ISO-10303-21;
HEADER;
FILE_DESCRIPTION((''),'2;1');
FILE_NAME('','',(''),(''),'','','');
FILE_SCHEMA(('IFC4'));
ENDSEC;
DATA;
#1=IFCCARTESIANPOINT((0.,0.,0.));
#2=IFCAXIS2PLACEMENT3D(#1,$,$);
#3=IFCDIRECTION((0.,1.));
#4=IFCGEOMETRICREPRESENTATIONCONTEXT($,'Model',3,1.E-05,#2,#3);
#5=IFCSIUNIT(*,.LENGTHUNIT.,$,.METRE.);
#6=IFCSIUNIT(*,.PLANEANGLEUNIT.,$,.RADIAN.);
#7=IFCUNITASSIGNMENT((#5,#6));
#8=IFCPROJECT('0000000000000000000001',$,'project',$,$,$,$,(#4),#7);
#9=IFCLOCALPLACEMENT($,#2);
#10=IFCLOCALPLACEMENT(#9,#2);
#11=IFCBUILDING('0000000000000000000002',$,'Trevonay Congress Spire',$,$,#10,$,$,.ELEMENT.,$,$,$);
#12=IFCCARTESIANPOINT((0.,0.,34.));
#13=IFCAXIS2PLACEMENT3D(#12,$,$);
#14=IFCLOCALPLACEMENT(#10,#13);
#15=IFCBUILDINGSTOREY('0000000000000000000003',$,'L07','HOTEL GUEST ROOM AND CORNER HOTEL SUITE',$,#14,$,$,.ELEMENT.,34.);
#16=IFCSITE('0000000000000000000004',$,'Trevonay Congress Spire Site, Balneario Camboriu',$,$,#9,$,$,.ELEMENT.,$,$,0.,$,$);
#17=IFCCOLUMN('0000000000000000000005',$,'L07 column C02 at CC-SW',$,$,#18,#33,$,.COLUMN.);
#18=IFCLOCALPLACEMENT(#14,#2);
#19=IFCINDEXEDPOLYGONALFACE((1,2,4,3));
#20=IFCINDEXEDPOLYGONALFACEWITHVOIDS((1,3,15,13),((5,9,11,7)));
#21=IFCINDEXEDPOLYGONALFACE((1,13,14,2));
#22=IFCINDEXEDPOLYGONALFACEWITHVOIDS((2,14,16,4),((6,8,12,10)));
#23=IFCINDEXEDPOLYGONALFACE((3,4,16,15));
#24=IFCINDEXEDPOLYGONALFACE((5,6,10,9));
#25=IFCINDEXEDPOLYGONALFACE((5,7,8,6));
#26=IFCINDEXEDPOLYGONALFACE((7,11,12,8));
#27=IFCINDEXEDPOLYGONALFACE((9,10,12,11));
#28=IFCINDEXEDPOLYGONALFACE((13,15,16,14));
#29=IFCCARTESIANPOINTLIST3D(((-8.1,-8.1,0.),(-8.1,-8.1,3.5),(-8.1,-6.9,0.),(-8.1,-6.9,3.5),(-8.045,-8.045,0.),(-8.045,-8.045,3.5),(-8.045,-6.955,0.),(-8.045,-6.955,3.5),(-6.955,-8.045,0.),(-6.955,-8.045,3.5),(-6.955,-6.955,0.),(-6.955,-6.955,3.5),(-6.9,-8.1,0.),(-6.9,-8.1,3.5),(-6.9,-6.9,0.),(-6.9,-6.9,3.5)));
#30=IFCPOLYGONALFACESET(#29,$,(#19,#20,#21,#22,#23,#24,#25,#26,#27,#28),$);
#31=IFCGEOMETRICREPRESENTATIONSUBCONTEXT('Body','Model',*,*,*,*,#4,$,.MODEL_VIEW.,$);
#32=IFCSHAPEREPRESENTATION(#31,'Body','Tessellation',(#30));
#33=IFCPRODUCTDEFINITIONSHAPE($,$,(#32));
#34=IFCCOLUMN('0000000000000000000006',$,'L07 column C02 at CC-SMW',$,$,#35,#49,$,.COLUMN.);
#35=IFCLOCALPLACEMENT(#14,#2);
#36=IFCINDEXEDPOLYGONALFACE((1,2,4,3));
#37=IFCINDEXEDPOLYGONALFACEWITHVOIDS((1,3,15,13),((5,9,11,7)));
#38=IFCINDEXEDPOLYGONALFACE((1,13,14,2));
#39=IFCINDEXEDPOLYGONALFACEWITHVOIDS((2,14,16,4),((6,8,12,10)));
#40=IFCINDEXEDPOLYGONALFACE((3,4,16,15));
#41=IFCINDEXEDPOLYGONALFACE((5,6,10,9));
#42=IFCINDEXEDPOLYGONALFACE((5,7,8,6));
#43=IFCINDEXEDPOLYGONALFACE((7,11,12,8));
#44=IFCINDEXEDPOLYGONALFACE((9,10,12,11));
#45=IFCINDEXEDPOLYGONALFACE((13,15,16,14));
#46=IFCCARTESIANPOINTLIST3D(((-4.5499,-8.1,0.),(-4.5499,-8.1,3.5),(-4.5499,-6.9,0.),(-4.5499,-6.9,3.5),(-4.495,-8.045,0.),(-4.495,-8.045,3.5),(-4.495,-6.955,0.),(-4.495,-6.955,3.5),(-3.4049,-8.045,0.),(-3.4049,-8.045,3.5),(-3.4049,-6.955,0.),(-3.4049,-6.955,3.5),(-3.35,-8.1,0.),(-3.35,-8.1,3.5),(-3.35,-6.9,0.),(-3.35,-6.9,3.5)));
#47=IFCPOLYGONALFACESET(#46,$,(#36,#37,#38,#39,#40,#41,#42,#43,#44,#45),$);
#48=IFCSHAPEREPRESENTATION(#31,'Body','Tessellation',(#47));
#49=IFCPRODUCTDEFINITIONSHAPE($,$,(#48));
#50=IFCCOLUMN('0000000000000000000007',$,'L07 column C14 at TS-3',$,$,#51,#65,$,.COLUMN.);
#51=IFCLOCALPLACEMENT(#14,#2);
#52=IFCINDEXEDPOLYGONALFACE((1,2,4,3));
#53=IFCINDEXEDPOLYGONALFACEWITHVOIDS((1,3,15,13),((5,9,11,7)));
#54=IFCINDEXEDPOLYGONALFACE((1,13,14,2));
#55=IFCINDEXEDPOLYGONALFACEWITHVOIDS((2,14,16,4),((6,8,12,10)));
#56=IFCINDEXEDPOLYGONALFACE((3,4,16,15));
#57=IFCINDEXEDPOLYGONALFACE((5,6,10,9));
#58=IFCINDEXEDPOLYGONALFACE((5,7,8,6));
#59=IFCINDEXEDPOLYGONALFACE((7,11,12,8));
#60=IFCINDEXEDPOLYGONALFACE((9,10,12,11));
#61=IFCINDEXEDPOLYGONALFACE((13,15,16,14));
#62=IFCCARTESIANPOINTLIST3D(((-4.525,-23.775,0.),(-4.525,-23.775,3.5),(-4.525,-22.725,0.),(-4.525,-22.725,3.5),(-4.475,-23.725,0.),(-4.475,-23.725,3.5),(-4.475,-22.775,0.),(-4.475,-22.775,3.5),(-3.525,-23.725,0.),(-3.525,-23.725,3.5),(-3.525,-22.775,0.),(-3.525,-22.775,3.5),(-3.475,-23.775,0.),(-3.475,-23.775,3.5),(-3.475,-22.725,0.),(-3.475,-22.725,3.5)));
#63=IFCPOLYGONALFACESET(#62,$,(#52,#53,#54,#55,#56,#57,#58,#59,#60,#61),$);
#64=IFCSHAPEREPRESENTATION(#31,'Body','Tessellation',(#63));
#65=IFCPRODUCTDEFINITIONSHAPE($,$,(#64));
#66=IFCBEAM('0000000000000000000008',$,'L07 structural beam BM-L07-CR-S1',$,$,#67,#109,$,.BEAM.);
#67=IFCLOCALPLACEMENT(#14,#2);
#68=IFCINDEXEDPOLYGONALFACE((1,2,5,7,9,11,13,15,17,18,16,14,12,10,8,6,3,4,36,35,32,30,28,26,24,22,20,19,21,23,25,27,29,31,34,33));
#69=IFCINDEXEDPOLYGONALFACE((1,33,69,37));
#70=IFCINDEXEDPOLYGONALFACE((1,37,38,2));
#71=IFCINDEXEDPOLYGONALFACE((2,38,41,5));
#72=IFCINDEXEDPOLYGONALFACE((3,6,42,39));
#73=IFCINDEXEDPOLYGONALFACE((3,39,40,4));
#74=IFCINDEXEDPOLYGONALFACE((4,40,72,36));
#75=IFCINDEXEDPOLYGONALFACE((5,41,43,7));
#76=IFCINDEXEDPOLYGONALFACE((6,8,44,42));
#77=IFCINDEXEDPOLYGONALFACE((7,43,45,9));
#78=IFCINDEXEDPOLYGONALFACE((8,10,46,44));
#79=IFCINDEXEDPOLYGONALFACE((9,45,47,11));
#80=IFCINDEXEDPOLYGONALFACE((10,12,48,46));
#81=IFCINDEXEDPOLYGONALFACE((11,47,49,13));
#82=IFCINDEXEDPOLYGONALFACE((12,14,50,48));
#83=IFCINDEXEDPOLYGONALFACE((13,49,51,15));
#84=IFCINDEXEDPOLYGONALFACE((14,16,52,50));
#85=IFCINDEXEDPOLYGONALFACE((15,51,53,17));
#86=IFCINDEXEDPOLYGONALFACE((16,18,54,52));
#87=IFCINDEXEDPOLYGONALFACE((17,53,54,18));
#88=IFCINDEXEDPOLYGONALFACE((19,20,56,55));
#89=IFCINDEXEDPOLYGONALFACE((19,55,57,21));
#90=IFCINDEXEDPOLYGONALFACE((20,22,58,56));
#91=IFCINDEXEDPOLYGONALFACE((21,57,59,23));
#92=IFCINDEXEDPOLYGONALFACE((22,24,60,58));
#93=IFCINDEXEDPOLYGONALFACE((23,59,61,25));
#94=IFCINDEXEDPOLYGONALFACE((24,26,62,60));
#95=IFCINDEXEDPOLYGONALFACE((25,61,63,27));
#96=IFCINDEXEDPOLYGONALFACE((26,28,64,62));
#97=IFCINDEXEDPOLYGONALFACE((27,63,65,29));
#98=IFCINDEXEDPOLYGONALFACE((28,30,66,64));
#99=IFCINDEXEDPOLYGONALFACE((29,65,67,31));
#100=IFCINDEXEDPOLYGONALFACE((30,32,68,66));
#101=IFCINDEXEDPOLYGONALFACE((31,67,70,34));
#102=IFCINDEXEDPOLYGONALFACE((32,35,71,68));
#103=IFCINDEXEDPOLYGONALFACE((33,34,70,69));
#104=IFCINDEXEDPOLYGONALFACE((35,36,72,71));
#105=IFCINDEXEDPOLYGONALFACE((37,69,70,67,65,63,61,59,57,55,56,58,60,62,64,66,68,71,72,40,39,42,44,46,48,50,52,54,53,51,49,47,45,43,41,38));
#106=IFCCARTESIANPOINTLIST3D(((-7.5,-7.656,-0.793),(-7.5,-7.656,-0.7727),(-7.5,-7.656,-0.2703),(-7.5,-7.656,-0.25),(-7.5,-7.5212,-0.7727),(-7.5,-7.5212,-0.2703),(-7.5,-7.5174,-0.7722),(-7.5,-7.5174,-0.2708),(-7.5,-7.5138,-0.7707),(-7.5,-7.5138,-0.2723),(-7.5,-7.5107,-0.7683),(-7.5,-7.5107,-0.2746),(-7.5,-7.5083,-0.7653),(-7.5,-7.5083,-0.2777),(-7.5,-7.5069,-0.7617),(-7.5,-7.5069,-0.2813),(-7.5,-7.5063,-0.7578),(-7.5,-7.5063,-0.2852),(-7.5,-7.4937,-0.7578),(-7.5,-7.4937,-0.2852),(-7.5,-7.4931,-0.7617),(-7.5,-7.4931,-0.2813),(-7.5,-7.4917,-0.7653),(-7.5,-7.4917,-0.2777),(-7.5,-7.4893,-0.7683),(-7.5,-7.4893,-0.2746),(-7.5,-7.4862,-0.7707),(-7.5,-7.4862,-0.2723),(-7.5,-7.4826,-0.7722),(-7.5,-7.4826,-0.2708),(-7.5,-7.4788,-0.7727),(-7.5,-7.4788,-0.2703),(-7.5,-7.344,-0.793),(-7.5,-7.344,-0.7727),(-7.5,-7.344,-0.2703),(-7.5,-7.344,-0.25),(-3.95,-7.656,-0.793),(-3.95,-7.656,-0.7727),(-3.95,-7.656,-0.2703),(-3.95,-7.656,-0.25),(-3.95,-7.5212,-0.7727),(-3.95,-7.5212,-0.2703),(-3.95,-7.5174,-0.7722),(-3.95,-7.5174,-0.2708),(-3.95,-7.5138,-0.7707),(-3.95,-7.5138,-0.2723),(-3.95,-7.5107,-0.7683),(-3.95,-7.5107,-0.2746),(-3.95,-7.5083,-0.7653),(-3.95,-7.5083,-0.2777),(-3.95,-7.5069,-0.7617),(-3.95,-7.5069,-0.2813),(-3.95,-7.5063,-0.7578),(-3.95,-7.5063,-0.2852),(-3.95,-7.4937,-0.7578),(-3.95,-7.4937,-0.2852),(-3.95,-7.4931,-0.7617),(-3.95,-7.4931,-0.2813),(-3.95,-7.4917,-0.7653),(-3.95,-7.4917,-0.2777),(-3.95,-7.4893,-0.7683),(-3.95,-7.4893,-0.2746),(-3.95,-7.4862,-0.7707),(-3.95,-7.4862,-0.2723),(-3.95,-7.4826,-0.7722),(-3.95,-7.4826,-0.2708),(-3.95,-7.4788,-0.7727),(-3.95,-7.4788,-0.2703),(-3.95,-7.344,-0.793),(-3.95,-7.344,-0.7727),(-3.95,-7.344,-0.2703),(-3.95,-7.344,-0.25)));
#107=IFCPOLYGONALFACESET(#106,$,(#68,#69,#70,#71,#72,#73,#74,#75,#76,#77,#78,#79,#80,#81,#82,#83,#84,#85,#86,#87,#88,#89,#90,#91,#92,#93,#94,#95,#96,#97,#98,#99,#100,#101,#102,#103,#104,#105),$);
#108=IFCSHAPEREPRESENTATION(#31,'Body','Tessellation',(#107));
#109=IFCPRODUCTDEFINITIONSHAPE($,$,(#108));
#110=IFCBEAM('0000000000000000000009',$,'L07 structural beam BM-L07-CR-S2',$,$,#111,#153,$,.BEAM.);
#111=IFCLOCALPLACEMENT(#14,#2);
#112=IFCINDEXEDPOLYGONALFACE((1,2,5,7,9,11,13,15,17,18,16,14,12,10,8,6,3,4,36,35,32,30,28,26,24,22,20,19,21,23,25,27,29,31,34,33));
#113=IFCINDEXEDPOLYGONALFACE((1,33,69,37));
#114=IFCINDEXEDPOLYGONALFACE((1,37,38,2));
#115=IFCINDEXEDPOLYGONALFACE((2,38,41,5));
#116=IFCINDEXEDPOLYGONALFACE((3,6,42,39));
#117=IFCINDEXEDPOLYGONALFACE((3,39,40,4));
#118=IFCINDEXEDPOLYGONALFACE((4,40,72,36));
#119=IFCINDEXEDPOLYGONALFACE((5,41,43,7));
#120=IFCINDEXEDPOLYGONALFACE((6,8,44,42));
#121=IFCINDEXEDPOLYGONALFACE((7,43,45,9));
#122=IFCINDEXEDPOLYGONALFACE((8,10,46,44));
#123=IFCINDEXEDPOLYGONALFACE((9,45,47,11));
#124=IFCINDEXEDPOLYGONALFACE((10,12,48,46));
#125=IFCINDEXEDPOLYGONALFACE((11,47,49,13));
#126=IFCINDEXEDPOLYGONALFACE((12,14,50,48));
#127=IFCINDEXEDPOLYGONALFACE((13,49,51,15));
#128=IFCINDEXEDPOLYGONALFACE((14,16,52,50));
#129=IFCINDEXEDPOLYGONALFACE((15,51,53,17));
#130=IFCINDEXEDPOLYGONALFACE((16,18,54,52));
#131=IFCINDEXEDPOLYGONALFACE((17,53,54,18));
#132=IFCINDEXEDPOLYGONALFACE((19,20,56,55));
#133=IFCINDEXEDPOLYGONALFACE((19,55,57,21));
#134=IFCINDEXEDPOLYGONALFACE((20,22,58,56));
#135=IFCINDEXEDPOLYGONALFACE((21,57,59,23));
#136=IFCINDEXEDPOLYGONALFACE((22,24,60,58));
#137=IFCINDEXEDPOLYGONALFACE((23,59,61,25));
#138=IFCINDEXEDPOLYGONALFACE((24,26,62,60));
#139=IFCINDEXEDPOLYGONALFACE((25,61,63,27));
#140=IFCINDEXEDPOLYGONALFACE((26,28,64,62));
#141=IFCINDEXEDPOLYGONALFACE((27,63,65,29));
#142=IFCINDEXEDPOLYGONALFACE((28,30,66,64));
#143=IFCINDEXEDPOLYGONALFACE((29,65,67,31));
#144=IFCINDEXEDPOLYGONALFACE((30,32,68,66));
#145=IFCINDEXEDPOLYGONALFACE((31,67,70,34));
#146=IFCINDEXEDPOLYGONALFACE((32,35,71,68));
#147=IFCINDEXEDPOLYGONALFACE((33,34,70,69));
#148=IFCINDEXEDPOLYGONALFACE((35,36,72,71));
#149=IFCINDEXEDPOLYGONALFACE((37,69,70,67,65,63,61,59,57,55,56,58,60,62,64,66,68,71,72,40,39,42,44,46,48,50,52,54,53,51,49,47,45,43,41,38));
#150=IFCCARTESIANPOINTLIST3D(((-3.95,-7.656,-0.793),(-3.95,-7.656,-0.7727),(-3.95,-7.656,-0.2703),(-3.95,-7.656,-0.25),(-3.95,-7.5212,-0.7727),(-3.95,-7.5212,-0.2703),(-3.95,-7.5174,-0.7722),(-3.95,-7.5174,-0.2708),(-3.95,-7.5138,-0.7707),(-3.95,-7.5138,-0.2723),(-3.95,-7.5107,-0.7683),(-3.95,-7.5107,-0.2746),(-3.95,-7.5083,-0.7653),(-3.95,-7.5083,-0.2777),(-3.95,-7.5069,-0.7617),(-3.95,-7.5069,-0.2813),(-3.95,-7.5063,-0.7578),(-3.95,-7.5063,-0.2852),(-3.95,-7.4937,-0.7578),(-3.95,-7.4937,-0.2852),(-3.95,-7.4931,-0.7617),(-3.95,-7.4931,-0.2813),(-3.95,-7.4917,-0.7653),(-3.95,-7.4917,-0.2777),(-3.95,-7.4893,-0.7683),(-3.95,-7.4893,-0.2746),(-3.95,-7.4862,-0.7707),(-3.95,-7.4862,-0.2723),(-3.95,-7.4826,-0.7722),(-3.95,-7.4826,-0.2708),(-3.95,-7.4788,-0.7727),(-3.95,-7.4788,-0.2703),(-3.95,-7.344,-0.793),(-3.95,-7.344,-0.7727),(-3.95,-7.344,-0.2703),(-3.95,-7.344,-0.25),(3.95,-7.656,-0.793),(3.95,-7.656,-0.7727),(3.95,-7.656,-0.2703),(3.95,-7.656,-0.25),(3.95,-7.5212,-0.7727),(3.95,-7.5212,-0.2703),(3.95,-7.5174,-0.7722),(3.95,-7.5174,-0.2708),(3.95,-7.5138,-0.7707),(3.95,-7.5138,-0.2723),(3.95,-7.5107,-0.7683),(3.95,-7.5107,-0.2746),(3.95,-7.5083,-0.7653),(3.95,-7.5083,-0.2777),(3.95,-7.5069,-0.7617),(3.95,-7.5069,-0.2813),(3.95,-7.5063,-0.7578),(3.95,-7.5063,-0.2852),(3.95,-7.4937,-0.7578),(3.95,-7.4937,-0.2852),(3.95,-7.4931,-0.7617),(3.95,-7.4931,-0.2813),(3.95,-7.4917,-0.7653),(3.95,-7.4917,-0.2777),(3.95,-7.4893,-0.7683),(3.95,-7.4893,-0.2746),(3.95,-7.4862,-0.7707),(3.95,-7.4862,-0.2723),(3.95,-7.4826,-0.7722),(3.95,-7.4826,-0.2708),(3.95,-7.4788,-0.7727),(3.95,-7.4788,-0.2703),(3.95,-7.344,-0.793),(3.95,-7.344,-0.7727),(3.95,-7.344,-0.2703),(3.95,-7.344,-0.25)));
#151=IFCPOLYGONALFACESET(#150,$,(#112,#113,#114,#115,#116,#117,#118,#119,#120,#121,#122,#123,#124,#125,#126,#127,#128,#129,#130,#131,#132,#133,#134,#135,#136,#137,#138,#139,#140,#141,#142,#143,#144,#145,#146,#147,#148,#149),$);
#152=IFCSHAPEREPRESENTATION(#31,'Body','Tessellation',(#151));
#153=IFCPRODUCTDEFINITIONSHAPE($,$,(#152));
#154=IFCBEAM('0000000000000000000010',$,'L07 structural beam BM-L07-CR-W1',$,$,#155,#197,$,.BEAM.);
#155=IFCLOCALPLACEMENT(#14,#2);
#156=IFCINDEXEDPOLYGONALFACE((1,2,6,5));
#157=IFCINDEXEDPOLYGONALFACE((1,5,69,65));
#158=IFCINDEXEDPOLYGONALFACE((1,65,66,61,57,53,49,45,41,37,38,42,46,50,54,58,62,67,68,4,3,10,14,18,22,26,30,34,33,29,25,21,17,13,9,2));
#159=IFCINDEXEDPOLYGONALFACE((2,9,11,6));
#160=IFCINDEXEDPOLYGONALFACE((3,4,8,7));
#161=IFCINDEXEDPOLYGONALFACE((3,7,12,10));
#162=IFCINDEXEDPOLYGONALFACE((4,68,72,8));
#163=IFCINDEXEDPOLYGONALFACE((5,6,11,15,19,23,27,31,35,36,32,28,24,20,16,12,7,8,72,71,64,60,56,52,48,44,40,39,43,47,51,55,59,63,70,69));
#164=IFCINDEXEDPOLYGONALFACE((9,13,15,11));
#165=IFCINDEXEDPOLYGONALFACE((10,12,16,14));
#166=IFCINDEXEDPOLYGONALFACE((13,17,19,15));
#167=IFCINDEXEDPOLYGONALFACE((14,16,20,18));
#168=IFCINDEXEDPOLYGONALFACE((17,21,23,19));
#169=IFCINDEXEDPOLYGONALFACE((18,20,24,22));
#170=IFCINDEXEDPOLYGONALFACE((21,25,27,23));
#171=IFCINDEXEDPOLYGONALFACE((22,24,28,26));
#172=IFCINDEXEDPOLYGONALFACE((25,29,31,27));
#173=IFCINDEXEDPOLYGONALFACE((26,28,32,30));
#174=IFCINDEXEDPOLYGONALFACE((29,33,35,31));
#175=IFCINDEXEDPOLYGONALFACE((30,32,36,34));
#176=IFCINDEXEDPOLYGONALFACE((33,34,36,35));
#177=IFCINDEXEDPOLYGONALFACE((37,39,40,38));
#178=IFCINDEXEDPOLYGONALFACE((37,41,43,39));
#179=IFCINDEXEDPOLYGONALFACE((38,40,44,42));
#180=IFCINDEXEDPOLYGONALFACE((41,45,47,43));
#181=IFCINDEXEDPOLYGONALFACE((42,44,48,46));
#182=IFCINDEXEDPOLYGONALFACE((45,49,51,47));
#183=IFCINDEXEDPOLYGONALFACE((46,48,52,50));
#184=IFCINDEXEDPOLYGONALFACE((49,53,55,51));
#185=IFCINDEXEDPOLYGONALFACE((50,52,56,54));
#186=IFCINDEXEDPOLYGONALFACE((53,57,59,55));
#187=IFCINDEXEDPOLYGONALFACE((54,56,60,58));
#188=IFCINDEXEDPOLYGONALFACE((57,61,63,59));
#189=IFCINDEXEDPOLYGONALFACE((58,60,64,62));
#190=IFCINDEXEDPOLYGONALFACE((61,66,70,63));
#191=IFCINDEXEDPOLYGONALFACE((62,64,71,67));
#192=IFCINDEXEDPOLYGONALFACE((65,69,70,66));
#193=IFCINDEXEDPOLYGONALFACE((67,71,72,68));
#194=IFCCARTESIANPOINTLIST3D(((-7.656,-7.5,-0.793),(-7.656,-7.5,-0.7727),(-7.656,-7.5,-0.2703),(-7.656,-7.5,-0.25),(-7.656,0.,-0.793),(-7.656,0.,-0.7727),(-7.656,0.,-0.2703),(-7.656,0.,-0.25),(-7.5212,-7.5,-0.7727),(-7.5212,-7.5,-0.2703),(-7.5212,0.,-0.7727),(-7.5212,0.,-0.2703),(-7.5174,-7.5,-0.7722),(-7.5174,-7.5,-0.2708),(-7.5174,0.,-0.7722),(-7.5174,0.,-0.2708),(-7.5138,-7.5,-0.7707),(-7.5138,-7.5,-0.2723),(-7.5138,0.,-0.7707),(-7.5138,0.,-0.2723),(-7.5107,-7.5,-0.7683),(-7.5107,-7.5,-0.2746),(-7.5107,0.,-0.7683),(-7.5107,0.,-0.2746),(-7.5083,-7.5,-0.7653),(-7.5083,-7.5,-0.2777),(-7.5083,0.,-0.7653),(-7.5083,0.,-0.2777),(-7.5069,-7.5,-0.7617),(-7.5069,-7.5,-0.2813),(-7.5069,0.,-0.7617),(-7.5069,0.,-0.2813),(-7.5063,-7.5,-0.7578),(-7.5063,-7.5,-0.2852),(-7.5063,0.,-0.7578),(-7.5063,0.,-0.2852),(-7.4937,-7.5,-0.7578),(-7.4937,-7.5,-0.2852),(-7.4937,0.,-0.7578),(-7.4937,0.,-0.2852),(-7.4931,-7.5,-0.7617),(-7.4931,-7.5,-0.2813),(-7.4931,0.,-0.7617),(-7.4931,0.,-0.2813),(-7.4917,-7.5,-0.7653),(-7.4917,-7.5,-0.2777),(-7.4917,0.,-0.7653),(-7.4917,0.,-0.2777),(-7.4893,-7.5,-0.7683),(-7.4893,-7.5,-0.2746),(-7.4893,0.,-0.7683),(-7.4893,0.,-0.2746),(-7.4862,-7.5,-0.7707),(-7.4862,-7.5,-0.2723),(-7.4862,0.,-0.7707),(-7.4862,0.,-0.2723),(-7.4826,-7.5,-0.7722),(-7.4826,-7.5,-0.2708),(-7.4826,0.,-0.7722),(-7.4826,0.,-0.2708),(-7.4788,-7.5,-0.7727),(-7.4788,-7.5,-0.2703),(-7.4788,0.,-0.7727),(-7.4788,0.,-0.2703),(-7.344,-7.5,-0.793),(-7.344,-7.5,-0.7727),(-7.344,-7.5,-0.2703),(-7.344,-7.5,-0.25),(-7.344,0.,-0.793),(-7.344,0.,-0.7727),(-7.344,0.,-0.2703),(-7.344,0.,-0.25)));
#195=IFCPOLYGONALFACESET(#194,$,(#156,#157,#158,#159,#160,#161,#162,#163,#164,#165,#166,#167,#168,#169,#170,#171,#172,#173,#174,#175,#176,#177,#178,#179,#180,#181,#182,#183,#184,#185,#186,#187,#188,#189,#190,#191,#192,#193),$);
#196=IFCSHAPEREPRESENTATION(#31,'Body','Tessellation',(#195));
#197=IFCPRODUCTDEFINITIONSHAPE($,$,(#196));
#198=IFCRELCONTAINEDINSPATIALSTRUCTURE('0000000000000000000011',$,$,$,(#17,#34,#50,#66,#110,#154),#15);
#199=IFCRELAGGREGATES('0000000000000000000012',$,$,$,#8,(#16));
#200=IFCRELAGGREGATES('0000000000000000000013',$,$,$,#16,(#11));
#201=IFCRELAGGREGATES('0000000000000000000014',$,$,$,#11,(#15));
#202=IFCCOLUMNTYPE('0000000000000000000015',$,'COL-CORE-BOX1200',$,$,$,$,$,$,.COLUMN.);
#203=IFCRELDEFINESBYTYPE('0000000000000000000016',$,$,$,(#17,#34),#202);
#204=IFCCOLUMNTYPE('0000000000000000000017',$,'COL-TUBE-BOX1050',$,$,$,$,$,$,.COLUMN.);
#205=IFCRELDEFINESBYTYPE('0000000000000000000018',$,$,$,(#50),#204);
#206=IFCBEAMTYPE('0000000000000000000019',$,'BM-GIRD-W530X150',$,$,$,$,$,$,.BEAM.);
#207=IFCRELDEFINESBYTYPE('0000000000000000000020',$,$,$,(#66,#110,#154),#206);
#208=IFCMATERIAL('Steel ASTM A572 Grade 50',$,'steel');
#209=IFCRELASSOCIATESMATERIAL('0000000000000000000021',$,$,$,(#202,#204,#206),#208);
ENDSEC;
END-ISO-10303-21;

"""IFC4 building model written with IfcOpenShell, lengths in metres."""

from ifc_helpers import new_model, si_unit, direction, frame, origin, origin_2d, place, context, subcontext, project, spatial, hollow_rectangle, i_section, extrude, material, material_profile, profile_set, type_object, element, save


model = new_model("IFC4")

# Units and contexts
model_context = context("Model", 3, precision=1e-05, world=origin(), true_north=direction((0.0, 1.0)))
body_context = subcontext(model_context, "Body", "Model", "MODEL_VIEW")
ifc_project = project(units=[si_unit("LENGTHUNIT", "METRE"), si_unit("PLANEANGLEUNIT", "RADIAN")], contexts=[model_context])

# Site, building, storey
site_placement = place(None, origin())
site = spatial("IfcSite", under=ifc_project, at=site_placement, Name="Trevonay Congress Spire Site, Balneario Camboriu", CompositionType="ELEMENT", RefElevation=0.0)
building_placement = place(site_placement, origin())
building = spatial("IfcBuilding", under=site, at=building_placement, Name="Trevonay Congress Spire", CompositionType="ELEMENT")
storey_placement = place(building_placement, frame((0.0, 0.0, 34.0)))
storey = spatial("IfcBuildingStorey", under=building, at=storey_placement, Name="L07", Description="HOTEL GUEST ROOM AND CORNER HOTEL SUITE", CompositionType="ELEMENT", Elevation=34.0)

# Columns
ifc_material_1 = material(Name="Steel ASTM A572 Grade 50", Category="steel")
ifc_material_profile_1 = material_profile(ifc_material_1, hollow_rectangle(XDim=1.2, YDim=1.2, WallThickness=0.0549, at=origin_2d()), Name="BOX 1200x1200x55")
ifc_profile_set_1 = profile_set([ifc_material_profile_1], Name="Steel ASTM A572 Grade 50")
column_type_1 = type_object("IfcColumnType", Name="COL-CORE-BOX1200", PredefinedType="COLUMN", material=ifc_profile_set_1)
for number, where, z_axis, x_axis, name in (
    (1, (-7.5, -7.5, 0.0), (0.0, 0.0, 1.0), (1.0, 0.0, 0.0), "L07 column C02 at CC-SW"),
    (2, (-3.95, -7.5, 0.0), (0.0, 0.0, 1.0), (1.0, 0.0, 0.0), "L07 column C02 at CC-SMW"),
):
    element("IfcColumn", number, at=place(storey_placement, frame(where, z_axis=z_axis, x_axis=x_axis)), inside=storey, type_object=column_type_1, Name=name, PredefinedType="COLUMN", context=body_context, shape_type="SweptSolid", body=[
        extrude(hollow_rectangle(XDim=1.2, YDim=1.2, WallThickness=0.0549, at=origin_2d()), origin(), (0.0, 0.0, 1.0), 3.5),
    ])
ifc_material_profile_2 = material_profile(ifc_material_1, hollow_rectangle(XDim=1.05, YDim=1.05, WallThickness=0.05, at=origin_2d()), Name="BOX 1050x1050x50")
ifc_profile_set_2 = profile_set([ifc_material_profile_2], Name="Steel ASTM A572 Grade 50")
column_type_2 = type_object("IfcColumnType", Name="COL-TUBE-BOX1050", PredefinedType="COLUMN", material=ifc_profile_set_2)
column_placement = place(storey_placement, frame((-4.0, -23.25, 0.0), z_axis=(0.0, 0.0, 1.0), x_axis=(1.0, 0.0, 0.0)))
element("IfcColumn", 3, at=column_placement, inside=storey, type_object=column_type_2, Name="L07 column C14 at TS-3", PredefinedType="COLUMN", context=body_context, shape_type="SweptSolid", body=[
    extrude(hollow_rectangle(XDim=1.05, YDim=1.05, WallThickness=0.05, at=origin_2d()), origin(), (0.0, 0.0, 1.0), 3.5),
])

# Beams
ifc_material_profile_3 = material_profile(ifc_material_1, i_section(OverallWidth=0.312, OverallDepth=0.543, WebThickness=0.0127, FlangeThickness=0.0203, FilletRadius=0.0149, at=origin_2d()), Name="W530x150")
ifc_profile_set_3 = profile_set([ifc_material_profile_3], Name="Steel ASTM A572 Grade 50")
beam_type_1 = type_object("IfcBeamType", Name="BM-GIRD-W530X150", PredefinedType="BEAM", material=ifc_profile_set_3)
beam_1_placement = place(storey_placement, frame((-7.5, -7.5, -0.5215), z_axis=(1.0, 0.0, 0.0), x_axis=(0.0, 1.0, 0.0)))
element("IfcBeam", 4, at=beam_1_placement, inside=storey, type_object=beam_type_1, Name="L07 structural beam BM-L07-CR-S1", PredefinedType="BEAM", context=body_context, shape_type="SweptSolid", body=[
    extrude(i_section(OverallWidth=0.312, OverallDepth=0.543, WebThickness=0.0127, FlangeThickness=0.0203, FilletRadius=0.0149, at=origin_2d()), origin(), (0.0, 0.0, 1.0), 3.55),
])
beam_2_placement = place(storey_placement, frame((-3.95, -7.5, -0.5215), z_axis=(1.0, 0.0, 0.0), x_axis=(0.0, 1.0, 0.0)))
element("IfcBeam", 5, at=beam_2_placement, inside=storey, type_object=beam_type_1, Name="L07 structural beam BM-L07-CR-S2", PredefinedType="BEAM", context=body_context, shape_type="SweptSolid", body=[
    extrude(i_section(OverallWidth=0.312, OverallDepth=0.543, WebThickness=0.0127, FlangeThickness=0.0203, FilletRadius=0.0149, at=origin_2d()), origin(), (0.0, 0.0, 1.0), 7.8999),
])
beam_3_placement = place(storey_placement, frame((-7.5, -7.5, -0.5215), z_axis=(0.0, 1.0, 0.0), x_axis=(-1.0, 0.0, 0.0)))
element("IfcBeam", 6, at=beam_3_placement, inside=storey, type_object=beam_type_1, Name="L07 structural beam BM-L07-CR-W1", PredefinedType="BEAM", context=body_context, shape_type="SweptSolid", body=[
    extrude(i_section(OverallWidth=0.312, OverallDepth=0.543, WebThickness=0.0127, FlangeThickness=0.0203, FilletRadius=0.0149, at=origin_2d()), origin(), (0.0, 0.0, 1.0), 7.5),
])

save(model, "model.ifc")
